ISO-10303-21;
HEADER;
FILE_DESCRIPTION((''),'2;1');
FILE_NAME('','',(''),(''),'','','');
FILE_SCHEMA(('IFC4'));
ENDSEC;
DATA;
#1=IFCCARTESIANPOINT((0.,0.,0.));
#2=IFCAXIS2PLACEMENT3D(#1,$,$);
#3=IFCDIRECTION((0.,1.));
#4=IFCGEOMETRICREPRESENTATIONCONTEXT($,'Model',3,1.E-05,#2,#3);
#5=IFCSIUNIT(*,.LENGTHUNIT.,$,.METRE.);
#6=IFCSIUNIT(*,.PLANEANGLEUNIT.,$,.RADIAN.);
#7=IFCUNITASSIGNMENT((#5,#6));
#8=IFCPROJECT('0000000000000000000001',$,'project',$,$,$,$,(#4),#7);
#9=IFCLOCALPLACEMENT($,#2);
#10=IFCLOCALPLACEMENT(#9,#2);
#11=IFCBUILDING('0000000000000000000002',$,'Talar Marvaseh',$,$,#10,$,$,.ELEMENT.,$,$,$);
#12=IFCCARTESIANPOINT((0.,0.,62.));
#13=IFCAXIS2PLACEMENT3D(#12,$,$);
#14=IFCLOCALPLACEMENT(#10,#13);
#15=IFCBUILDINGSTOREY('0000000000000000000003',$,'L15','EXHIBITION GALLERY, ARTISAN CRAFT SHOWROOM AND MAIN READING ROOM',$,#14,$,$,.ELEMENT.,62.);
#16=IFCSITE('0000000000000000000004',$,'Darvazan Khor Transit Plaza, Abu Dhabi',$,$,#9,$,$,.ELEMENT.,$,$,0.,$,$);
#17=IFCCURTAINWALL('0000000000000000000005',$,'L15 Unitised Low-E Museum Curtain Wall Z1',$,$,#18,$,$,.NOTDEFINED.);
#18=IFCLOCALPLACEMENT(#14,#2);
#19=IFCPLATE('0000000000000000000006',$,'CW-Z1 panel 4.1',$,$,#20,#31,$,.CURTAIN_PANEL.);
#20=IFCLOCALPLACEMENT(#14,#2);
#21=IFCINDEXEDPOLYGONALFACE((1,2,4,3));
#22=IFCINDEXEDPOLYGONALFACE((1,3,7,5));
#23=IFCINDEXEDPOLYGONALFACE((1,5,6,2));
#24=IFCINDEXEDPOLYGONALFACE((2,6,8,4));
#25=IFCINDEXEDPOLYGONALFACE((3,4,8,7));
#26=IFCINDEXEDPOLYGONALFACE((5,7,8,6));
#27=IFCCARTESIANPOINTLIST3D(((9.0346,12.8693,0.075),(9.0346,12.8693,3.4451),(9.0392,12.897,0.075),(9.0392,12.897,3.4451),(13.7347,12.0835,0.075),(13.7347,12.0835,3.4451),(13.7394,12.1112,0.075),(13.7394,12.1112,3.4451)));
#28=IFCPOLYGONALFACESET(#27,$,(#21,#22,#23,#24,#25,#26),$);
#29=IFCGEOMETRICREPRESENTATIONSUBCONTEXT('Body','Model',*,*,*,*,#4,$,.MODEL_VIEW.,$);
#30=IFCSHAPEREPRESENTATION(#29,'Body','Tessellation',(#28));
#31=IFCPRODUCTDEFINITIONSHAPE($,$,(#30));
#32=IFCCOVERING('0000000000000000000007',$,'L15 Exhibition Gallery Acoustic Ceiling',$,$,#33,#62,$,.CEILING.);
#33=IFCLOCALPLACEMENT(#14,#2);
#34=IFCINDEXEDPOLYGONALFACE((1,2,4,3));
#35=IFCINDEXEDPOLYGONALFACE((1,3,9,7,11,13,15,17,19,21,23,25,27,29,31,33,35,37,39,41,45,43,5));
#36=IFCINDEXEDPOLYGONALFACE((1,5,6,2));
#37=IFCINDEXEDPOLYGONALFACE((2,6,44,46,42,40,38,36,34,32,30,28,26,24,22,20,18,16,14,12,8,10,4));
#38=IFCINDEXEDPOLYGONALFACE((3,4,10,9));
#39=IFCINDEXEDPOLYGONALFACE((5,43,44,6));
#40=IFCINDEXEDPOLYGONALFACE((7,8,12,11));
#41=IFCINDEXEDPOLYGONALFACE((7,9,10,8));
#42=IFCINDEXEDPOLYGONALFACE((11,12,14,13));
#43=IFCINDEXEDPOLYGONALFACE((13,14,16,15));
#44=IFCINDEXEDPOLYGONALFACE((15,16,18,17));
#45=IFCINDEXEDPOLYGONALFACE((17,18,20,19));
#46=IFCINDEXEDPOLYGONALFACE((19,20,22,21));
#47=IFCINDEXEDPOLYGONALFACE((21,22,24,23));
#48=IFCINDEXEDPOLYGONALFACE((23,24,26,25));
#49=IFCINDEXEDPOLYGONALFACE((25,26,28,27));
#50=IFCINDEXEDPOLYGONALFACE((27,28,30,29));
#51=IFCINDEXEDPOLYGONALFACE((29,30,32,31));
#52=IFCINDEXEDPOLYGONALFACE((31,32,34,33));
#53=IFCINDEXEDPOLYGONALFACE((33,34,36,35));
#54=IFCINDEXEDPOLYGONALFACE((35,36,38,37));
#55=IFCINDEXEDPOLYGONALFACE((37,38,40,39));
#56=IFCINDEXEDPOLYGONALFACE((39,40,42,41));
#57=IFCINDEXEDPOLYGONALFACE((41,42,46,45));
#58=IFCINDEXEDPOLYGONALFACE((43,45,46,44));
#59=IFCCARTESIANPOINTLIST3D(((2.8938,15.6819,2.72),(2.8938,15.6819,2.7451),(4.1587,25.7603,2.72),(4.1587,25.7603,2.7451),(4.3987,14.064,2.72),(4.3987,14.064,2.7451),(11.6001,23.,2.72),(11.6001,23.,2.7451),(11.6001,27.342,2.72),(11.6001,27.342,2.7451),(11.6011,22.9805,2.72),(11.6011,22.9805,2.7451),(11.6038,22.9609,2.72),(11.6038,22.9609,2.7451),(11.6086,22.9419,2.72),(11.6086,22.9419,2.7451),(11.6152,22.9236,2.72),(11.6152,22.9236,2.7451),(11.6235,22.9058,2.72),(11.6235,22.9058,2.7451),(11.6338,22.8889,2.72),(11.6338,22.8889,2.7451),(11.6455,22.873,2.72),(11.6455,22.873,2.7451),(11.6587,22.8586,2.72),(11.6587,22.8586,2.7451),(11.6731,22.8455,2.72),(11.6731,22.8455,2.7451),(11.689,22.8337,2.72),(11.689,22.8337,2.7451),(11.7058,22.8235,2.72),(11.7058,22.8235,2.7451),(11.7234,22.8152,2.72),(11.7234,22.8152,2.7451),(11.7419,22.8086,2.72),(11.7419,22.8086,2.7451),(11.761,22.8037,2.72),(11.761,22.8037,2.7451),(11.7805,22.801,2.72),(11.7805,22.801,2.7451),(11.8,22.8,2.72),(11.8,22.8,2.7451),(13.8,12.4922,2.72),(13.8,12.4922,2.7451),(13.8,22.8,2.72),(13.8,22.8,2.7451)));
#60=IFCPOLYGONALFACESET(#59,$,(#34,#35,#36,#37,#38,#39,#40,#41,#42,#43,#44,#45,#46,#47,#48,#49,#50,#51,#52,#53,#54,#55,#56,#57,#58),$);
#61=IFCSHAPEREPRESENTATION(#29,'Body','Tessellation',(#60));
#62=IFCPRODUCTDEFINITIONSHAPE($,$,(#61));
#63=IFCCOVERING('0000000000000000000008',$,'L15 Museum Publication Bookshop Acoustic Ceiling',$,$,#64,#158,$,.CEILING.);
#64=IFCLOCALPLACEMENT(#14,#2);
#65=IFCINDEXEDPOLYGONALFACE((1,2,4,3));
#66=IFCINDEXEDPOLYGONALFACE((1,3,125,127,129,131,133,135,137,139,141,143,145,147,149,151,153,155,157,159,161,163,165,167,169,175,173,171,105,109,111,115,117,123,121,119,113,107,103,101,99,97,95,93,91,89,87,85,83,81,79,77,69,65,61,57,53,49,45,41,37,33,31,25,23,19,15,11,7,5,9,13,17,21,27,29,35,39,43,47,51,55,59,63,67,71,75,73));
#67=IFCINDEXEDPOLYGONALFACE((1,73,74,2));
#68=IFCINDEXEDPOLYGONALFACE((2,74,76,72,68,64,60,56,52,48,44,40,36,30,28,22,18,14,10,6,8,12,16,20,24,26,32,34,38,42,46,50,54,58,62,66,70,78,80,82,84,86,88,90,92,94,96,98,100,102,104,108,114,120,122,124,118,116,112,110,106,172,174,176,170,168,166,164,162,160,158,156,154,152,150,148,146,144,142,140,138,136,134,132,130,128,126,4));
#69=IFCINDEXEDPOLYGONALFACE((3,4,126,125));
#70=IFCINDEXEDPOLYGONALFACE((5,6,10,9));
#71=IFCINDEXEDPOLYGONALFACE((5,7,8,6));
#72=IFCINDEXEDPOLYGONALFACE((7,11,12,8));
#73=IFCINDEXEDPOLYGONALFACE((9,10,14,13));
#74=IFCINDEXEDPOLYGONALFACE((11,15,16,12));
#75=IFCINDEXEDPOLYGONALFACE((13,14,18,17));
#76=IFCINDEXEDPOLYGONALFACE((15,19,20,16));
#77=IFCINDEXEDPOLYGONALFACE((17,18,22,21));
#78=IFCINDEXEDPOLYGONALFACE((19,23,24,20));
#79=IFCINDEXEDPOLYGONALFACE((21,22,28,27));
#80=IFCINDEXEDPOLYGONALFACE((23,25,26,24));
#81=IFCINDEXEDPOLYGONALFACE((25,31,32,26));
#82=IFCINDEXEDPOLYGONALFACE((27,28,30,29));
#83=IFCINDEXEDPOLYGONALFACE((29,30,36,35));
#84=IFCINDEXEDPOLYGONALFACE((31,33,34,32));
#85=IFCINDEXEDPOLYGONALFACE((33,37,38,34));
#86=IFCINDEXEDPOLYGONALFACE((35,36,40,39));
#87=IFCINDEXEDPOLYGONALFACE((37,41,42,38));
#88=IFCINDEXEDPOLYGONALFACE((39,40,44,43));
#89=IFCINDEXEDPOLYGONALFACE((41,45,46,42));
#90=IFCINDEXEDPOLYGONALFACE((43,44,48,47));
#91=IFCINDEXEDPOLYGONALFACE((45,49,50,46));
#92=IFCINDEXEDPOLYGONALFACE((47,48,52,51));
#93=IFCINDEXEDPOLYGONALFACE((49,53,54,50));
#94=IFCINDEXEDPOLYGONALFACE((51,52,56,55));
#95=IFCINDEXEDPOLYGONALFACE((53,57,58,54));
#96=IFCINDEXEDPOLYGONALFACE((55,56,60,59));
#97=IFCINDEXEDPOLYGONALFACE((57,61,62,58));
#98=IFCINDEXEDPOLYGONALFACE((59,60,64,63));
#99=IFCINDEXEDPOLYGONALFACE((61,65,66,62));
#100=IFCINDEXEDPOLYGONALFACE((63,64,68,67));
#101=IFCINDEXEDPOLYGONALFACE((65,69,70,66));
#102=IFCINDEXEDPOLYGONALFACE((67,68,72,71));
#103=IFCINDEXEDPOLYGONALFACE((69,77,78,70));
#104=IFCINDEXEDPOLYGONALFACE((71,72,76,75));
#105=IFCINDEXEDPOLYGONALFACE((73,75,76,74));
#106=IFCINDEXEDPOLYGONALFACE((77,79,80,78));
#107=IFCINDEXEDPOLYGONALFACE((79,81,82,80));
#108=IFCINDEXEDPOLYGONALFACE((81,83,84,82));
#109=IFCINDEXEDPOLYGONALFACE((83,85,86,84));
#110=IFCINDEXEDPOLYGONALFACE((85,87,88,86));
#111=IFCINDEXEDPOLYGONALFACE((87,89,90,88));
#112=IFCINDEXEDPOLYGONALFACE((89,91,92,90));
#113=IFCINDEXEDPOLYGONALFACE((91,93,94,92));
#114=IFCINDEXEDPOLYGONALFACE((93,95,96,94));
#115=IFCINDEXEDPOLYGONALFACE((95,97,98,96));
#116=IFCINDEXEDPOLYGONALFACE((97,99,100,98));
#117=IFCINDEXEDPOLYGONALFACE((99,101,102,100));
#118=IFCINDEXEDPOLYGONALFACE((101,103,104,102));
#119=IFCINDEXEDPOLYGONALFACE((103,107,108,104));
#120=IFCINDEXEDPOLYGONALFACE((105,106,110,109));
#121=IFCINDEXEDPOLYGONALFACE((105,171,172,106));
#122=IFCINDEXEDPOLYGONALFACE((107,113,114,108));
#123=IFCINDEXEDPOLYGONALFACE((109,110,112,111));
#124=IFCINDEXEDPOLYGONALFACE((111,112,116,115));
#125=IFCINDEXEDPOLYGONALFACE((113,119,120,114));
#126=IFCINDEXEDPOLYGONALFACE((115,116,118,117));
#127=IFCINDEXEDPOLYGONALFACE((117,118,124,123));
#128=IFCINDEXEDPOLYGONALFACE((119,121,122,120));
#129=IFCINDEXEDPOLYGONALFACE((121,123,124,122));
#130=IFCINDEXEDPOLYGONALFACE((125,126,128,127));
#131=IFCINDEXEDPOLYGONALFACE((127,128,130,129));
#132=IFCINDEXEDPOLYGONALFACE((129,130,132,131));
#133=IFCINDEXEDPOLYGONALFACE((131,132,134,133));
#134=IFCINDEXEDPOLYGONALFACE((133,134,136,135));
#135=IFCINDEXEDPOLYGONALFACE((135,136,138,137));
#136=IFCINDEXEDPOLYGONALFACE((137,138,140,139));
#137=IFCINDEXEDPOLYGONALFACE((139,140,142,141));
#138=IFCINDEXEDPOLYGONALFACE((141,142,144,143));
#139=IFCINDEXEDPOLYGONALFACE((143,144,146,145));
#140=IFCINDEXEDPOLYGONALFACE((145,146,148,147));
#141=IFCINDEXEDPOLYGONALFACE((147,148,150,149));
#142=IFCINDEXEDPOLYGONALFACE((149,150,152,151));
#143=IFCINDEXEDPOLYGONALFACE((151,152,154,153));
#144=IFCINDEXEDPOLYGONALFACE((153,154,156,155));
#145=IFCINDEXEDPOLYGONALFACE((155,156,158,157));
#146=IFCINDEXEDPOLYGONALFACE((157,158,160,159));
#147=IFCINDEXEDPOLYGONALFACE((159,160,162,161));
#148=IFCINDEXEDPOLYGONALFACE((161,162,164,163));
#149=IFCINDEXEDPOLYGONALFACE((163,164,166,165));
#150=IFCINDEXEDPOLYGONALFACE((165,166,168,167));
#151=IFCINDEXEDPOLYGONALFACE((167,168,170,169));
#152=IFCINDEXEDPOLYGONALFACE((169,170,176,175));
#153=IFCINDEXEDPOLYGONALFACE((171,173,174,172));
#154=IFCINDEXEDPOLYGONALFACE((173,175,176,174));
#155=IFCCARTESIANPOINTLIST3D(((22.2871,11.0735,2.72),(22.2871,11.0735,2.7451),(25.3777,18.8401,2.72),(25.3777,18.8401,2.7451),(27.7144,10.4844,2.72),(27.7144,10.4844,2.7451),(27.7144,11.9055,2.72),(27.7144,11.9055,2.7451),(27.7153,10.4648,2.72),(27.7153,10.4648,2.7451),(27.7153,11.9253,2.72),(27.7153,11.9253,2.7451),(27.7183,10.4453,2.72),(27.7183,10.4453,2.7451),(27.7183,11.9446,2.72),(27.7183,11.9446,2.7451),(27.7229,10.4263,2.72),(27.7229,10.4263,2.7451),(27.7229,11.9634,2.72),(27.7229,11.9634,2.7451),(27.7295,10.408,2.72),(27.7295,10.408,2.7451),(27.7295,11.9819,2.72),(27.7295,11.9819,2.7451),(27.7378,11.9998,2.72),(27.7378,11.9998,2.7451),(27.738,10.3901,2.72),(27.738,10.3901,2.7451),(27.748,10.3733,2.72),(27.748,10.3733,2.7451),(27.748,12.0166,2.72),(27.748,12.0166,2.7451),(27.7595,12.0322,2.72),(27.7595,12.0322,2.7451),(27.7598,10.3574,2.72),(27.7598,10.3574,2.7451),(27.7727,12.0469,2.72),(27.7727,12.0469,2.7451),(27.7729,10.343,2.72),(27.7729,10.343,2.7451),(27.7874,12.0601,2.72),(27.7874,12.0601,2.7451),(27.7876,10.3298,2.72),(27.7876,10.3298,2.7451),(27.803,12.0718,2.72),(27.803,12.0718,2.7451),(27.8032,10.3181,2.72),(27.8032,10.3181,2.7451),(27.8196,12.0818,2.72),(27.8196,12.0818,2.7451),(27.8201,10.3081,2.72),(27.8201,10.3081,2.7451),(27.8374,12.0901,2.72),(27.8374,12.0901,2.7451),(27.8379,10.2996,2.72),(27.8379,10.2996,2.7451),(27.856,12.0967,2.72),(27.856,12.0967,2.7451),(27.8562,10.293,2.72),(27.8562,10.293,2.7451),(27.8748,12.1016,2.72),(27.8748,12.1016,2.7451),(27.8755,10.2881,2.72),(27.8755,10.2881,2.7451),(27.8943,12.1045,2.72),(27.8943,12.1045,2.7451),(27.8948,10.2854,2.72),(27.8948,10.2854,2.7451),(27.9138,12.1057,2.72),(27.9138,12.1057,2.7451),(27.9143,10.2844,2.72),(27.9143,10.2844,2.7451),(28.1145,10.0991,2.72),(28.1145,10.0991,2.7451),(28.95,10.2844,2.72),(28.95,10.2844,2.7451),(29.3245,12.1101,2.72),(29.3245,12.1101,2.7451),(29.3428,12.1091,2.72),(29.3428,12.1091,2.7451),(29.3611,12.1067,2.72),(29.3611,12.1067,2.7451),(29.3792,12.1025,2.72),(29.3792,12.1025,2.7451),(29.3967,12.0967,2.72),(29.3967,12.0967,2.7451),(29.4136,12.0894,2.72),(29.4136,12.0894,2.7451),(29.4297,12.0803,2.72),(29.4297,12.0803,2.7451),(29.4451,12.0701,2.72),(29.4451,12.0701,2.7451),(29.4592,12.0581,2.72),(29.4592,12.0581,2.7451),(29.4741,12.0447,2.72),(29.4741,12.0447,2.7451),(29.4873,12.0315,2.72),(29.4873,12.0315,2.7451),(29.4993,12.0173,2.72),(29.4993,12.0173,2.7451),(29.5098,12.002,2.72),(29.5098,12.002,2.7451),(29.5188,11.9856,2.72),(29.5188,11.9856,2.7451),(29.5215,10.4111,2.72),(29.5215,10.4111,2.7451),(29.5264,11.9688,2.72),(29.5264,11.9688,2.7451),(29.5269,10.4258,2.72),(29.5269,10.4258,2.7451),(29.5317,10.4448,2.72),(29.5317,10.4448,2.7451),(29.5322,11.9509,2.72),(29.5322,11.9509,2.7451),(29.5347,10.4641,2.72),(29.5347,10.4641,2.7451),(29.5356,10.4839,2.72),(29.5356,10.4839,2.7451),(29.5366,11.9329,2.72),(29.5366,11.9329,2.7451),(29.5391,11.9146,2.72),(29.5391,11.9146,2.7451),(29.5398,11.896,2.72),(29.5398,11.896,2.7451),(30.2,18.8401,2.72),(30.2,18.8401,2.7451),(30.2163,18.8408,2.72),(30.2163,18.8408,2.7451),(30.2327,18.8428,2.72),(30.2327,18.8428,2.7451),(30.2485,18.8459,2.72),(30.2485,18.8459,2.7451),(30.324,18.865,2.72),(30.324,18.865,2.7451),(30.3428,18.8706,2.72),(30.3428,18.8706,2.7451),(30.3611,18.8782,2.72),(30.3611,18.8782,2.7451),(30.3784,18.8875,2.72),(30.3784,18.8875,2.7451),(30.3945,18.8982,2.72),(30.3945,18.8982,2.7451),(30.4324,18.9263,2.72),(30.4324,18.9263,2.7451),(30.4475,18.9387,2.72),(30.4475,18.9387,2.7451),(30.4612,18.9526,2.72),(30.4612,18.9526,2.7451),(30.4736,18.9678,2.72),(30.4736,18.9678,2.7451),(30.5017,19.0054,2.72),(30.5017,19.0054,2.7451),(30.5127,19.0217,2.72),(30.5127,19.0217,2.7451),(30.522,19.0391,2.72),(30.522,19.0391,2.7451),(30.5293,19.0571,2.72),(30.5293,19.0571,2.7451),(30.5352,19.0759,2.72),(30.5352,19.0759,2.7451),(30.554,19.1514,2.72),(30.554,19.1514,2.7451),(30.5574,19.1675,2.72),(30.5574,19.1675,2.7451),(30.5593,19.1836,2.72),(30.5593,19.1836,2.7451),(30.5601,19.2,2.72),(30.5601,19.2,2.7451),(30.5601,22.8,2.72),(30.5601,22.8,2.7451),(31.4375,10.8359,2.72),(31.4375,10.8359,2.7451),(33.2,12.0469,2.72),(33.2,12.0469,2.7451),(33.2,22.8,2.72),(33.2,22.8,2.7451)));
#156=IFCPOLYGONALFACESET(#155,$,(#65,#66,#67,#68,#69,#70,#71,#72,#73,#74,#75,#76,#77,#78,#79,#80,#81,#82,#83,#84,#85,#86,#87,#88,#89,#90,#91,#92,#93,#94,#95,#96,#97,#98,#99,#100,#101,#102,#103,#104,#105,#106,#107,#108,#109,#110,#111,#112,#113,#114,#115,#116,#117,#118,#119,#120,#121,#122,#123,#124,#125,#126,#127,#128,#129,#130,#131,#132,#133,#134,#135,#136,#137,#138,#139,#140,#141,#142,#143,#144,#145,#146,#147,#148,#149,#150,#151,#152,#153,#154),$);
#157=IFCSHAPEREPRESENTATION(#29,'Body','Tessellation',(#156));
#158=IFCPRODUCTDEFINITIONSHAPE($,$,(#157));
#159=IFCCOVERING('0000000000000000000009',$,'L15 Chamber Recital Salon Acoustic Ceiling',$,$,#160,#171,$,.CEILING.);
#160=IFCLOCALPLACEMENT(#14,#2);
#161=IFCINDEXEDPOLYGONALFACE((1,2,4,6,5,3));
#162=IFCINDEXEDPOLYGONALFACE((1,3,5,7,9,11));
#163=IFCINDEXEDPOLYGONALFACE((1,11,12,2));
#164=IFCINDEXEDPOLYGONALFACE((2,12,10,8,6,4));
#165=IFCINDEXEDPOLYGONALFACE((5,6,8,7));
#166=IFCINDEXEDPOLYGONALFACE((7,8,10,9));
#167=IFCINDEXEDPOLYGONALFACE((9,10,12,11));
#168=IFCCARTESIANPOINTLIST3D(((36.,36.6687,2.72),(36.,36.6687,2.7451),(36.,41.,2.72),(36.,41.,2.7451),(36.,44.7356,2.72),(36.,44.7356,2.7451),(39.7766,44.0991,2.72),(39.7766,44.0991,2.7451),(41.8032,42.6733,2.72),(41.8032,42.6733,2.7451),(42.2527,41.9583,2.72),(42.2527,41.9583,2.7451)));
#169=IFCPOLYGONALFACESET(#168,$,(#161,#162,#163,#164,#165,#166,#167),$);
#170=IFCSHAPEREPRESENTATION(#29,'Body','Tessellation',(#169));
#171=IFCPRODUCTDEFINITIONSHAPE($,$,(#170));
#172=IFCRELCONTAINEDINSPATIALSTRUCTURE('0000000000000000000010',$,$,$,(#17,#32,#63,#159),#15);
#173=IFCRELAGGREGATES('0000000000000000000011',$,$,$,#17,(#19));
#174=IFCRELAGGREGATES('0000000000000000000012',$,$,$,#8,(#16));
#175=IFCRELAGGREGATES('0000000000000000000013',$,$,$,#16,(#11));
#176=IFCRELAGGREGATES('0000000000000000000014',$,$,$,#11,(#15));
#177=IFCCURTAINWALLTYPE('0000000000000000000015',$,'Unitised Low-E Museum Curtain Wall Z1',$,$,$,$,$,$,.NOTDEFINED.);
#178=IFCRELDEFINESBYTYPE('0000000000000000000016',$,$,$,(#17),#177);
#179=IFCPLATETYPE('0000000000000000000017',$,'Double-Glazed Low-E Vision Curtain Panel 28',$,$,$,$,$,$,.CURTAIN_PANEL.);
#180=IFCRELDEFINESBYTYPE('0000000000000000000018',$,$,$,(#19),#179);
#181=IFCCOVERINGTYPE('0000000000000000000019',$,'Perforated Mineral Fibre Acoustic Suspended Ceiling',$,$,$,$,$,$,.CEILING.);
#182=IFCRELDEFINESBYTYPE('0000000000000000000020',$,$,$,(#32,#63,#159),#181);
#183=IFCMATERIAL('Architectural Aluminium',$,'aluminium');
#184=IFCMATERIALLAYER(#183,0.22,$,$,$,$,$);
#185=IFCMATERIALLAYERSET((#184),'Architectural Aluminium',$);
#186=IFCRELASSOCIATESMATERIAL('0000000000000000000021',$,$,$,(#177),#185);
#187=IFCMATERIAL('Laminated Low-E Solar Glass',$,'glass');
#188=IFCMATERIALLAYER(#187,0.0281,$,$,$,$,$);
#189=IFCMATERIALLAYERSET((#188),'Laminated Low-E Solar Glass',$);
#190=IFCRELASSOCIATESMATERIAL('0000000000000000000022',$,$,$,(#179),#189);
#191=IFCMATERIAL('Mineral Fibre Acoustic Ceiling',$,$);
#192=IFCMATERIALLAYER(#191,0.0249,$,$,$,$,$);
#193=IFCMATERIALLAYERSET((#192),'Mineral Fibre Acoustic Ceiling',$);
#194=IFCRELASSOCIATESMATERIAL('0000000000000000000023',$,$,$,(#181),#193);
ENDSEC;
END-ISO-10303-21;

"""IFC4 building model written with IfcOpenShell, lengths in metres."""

from ifc_helpers import new_model, si_unit, direction, frame, origin, origin_2d, place, context, subcontext, project, spatial, polyline, rectangle, outline, extrude, source, transform, mapped, material, layer, layer_set, type_object, type_shapes, element, aggregate, save


model = new_model("IFC4")

# Units and contexts
model_context = context("Model", 3, precision=1e-05, world=origin(), true_north=direction((0.0, 1.0)))
body_context = subcontext(model_context, "Body", "Model", "MODEL_VIEW")
ifc_project = project(units=[si_unit("LENGTHUNIT", "METRE"), si_unit("PLANEANGLEUNIT", "RADIAN")], contexts=[model_context])

# Site, building, storey
site_placement = place(None, origin())
site = spatial("IfcSite", under=ifc_project, at=site_placement, Name="Darvazan Khor Transit Plaza, Abu Dhabi", CompositionType="ELEMENT", RefElevation=0.0)
building_placement = place(site_placement, origin())
building = spatial("IfcBuilding", under=site, at=building_placement, Name="Talar Marvaseh", CompositionType="ELEMENT")
storey_placement = place(building_placement, frame((0.0, 0.0, 62.0)))
storey = spatial("IfcBuildingStorey", under=building, at=storey_placement, Name="L15", Description="EXHIBITION GALLERY, ARTISAN CRAFT SHOWROOM AND MAIN READING ROOM", CompositionType="ELEMENT", Elevation=62.0)

# Curtain wall
ifc_material_1 = material(Name="Architectural Aluminium", Category="aluminium")
ifc_layer_1 = layer(ifc_material_1, 0.22)
ifc_layer_set_1 = layer_set([ifc_layer_1], Name="Architectural Aluminium")
curtain_wall_type = type_object("IfcCurtainWallType", Name="Unitised Low-E Museum Curtain Wall Z1", PredefinedType="NOTDEFINED", material=ifc_layer_set_1)
curtain_wall_placement = place(storey_placement, origin())
curtain_wall = element("IfcCurtainWall", 1, at=curtain_wall_placement, inside=storey, type_object=curtain_wall_type, Name="L15 Unitised Low-E Museum Curtain Wall Z1", PredefinedType="NOTDEFINED")

# Plate
ifc_material_2 = material(Name="Laminated Low-E Solar Glass", Category="glass")
ifc_layer_2 = layer(ifc_material_2, 0.0281)
ifc_layer_set_2 = layer_set([ifc_layer_2], Name="Laminated Low-E Solar Glass")
plate_type = type_object("IfcPlateType", Name="Double-Glazed Low-E Vision Curtain Panel 28", PredefinedType="CURTAIN_PANEL", material=ifc_layer_set_2)
shared_shape_1 = source(origin(), body_context, "Body", "SweptSolid", [
    extrude(rectangle(XDim=4.7654, YDim=0.0281, at=origin_2d()), origin(), (0.0, 0.0, 1.0), 3.3701),
])
type_shapes(plate_type, [shared_shape_1])
plate_placement = place(storey_placement, frame((11.387, 12.4902, 0.075), z_axis=(0.0, 0.0, 1.0), x_axis=(-0.986311, 0.164896, 0.0)))
plate = element("IfcPlate", 2, at=plate_placement, type_object=plate_type, Name="CW-Z1 panel 4.1", PredefinedType="CURTAIN_PANEL", context=body_context, shape_type="MappedRepresentation", body=[
    mapped(shared_shape_1, transform((0.0, 0.0, 0.0), x_axis=(1.0, 0.0, 0.0), y_axis=(0.0, 1.0, 0.0), z_axis=(0.0, 0.0, 1.0), scale=1.0)),
])
aggregate(curtain_wall, [plate])

# Coverings
ifc_material_3 = material(Name="Mineral Fibre Acoustic Ceiling")
ifc_layer_3 = layer(ifc_material_3, 0.0249)
ifc_layer_set_3 = layer_set([ifc_layer_3], Name="Mineral Fibre Acoustic Ceiling")
covering_type_1 = type_object("IfcCoveringType", Name="Perforated Mineral Fibre Acoustic Suspended Ceiling", PredefinedType="CEILING", material=ifc_layer_set_3)
covering_1_placement = place(storey_placement, frame((0.0, 0.0, 2.72)))
element("IfcCovering", 3, at=covering_1_placement, inside=storey, type_object=covering_type_1, Name="L15 Exhibition Gallery Acoustic Ceiling", PredefinedType="CEILING", context=body_context, shape_type="SweptSolid", body=[
    extrude(outline(polyline([(2.8938, 15.6819), (4.1587, 25.7603), (11.6001, 27.342), (11.6001, 23.0), (11.6011, 22.9805), (11.6038, 22.9609), (11.6086, 22.9419), (11.6152, 22.9236), (11.6235, 22.9058), (11.6338, 22.8889), (11.6455, 22.873), (11.6587, 22.8586), (11.6731, 22.8455), (11.689, 22.8337), (11.7058, 22.8235), (11.7234, 22.8152), (11.7419, 22.8086), (11.761, 22.8037), (11.7805, 22.801), (11.8, 22.8), (13.8, 22.8), (13.8, 12.4922), (4.3987, 14.064), (2.8938, 15.6819)])), origin(), (0.0, 0.0, 1.0), 0.0251),
])
covering_2_placement = place(storey_placement, frame((0.0, 0.0, 2.72)))
element("IfcCovering", 4, at=covering_2_placement, inside=storey, type_object=covering_type_1, Name="L15 Museum Publication Bookshop Acoustic Ceiling", PredefinedType="CEILING", context=body_context, shape_type="SweptSolid", body=[
    extrude(outline(polyline([(25.3777, 18.8401), (30.2, 18.8401), (30.2163, 18.8408), (30.2327, 18.8428), (30.2485, 18.8459), (30.324, 18.865), (30.3428, 18.8706), (30.3611, 18.8782), (30.3784, 18.8875), (30.3945, 18.8982), (30.4324, 18.9263), (30.4475, 18.9387), (30.4612, 18.9526), (30.4736, 18.9678), (30.5017, 19.0054), (30.5127, 19.0217), (30.522, 19.0391), (30.5293, 19.0571), (30.5352, 19.0759), (30.554, 19.1514), (30.5574, 19.1675), (30.5593, 19.1836), (30.5601, 19.2), (30.5601, 22.8), (33.2, 22.8), (33.2, 12.0469), (31.4375, 10.8359), (29.5215, 10.4111), (29.5269, 10.4258), (29.5317, 10.4448), (29.5347, 10.4641), (29.5356, 10.4839), (29.5398, 11.896), (29.5391, 11.9146), (29.5366, 11.9329), (29.5322, 11.9509), (29.5264, 11.9688), (29.5188, 11.9856), (29.5098, 12.002), (29.4993, 12.0173), (29.4873, 12.0315), (29.4741, 12.0447), (29.4592, 12.0581), (29.4451, 12.0701), (29.4297, 12.0803), (29.4136, 12.0894), (29.3967, 12.0967), (29.3792, 12.1025), (29.3611, 12.1067), (29.3428, 12.1091), (29.3245, 12.1101), (27.9138, 12.1057), (27.8943, 12.1045), (27.8748, 12.1016), (27.856, 12.0967), (27.8374, 12.0901), (27.8196, 12.0818), (27.803, 12.0718), (27.7874, 12.0601), (27.7727, 12.0469), (27.7595, 12.0322), (27.748, 12.0166), (27.7378, 11.9998), (27.7295, 11.9819), (27.7229, 11.9634), (27.7183, 11.9446), (27.7153, 11.9253), (27.7144, 11.9055), (27.7144, 10.4844), (27.7153, 10.4648), (27.7183, 10.4453), (27.7229, 10.4263), (27.7295, 10.408), (27.738, 10.3901), (27.748, 10.3733), (27.7598, 10.3574), (27.7729, 10.343), (27.7876, 10.3298), (27.8032, 10.3181), (27.8201, 10.3081), (27.8379, 10.2996), (27.8562, 10.293), (27.8755, 10.2881), (27.8948, 10.2854), (27.9143, 10.2844), (28.95, 10.2844), (28.1145, 10.0991), (22.2871, 11.0735), (25.3777, 18.8401)])), origin(), (0.0, 0.0, 1.0), 0.0251),
])
covering_3_placement = place(storey_placement, frame((0.0, 0.0, 2.72)))
element("IfcCovering", 5, at=covering_3_placement, inside=storey, type_object=covering_type_1, Name="L15 Chamber Recital Salon Acoustic Ceiling", PredefinedType="CEILING", context=body_context, shape_type="SweptSolid", body=[
    extrude(outline(polyline([(36.0, 36.6687), (36.0, 41.0), (36.0, 44.7356), (39.7766, 44.0991), (41.8032, 42.6733), (42.2527, 41.9583), (36.0, 36.6687)])), origin(), (0.0, 0.0, 1.0), 0.0251),
])

save(model, "model.ifc")
